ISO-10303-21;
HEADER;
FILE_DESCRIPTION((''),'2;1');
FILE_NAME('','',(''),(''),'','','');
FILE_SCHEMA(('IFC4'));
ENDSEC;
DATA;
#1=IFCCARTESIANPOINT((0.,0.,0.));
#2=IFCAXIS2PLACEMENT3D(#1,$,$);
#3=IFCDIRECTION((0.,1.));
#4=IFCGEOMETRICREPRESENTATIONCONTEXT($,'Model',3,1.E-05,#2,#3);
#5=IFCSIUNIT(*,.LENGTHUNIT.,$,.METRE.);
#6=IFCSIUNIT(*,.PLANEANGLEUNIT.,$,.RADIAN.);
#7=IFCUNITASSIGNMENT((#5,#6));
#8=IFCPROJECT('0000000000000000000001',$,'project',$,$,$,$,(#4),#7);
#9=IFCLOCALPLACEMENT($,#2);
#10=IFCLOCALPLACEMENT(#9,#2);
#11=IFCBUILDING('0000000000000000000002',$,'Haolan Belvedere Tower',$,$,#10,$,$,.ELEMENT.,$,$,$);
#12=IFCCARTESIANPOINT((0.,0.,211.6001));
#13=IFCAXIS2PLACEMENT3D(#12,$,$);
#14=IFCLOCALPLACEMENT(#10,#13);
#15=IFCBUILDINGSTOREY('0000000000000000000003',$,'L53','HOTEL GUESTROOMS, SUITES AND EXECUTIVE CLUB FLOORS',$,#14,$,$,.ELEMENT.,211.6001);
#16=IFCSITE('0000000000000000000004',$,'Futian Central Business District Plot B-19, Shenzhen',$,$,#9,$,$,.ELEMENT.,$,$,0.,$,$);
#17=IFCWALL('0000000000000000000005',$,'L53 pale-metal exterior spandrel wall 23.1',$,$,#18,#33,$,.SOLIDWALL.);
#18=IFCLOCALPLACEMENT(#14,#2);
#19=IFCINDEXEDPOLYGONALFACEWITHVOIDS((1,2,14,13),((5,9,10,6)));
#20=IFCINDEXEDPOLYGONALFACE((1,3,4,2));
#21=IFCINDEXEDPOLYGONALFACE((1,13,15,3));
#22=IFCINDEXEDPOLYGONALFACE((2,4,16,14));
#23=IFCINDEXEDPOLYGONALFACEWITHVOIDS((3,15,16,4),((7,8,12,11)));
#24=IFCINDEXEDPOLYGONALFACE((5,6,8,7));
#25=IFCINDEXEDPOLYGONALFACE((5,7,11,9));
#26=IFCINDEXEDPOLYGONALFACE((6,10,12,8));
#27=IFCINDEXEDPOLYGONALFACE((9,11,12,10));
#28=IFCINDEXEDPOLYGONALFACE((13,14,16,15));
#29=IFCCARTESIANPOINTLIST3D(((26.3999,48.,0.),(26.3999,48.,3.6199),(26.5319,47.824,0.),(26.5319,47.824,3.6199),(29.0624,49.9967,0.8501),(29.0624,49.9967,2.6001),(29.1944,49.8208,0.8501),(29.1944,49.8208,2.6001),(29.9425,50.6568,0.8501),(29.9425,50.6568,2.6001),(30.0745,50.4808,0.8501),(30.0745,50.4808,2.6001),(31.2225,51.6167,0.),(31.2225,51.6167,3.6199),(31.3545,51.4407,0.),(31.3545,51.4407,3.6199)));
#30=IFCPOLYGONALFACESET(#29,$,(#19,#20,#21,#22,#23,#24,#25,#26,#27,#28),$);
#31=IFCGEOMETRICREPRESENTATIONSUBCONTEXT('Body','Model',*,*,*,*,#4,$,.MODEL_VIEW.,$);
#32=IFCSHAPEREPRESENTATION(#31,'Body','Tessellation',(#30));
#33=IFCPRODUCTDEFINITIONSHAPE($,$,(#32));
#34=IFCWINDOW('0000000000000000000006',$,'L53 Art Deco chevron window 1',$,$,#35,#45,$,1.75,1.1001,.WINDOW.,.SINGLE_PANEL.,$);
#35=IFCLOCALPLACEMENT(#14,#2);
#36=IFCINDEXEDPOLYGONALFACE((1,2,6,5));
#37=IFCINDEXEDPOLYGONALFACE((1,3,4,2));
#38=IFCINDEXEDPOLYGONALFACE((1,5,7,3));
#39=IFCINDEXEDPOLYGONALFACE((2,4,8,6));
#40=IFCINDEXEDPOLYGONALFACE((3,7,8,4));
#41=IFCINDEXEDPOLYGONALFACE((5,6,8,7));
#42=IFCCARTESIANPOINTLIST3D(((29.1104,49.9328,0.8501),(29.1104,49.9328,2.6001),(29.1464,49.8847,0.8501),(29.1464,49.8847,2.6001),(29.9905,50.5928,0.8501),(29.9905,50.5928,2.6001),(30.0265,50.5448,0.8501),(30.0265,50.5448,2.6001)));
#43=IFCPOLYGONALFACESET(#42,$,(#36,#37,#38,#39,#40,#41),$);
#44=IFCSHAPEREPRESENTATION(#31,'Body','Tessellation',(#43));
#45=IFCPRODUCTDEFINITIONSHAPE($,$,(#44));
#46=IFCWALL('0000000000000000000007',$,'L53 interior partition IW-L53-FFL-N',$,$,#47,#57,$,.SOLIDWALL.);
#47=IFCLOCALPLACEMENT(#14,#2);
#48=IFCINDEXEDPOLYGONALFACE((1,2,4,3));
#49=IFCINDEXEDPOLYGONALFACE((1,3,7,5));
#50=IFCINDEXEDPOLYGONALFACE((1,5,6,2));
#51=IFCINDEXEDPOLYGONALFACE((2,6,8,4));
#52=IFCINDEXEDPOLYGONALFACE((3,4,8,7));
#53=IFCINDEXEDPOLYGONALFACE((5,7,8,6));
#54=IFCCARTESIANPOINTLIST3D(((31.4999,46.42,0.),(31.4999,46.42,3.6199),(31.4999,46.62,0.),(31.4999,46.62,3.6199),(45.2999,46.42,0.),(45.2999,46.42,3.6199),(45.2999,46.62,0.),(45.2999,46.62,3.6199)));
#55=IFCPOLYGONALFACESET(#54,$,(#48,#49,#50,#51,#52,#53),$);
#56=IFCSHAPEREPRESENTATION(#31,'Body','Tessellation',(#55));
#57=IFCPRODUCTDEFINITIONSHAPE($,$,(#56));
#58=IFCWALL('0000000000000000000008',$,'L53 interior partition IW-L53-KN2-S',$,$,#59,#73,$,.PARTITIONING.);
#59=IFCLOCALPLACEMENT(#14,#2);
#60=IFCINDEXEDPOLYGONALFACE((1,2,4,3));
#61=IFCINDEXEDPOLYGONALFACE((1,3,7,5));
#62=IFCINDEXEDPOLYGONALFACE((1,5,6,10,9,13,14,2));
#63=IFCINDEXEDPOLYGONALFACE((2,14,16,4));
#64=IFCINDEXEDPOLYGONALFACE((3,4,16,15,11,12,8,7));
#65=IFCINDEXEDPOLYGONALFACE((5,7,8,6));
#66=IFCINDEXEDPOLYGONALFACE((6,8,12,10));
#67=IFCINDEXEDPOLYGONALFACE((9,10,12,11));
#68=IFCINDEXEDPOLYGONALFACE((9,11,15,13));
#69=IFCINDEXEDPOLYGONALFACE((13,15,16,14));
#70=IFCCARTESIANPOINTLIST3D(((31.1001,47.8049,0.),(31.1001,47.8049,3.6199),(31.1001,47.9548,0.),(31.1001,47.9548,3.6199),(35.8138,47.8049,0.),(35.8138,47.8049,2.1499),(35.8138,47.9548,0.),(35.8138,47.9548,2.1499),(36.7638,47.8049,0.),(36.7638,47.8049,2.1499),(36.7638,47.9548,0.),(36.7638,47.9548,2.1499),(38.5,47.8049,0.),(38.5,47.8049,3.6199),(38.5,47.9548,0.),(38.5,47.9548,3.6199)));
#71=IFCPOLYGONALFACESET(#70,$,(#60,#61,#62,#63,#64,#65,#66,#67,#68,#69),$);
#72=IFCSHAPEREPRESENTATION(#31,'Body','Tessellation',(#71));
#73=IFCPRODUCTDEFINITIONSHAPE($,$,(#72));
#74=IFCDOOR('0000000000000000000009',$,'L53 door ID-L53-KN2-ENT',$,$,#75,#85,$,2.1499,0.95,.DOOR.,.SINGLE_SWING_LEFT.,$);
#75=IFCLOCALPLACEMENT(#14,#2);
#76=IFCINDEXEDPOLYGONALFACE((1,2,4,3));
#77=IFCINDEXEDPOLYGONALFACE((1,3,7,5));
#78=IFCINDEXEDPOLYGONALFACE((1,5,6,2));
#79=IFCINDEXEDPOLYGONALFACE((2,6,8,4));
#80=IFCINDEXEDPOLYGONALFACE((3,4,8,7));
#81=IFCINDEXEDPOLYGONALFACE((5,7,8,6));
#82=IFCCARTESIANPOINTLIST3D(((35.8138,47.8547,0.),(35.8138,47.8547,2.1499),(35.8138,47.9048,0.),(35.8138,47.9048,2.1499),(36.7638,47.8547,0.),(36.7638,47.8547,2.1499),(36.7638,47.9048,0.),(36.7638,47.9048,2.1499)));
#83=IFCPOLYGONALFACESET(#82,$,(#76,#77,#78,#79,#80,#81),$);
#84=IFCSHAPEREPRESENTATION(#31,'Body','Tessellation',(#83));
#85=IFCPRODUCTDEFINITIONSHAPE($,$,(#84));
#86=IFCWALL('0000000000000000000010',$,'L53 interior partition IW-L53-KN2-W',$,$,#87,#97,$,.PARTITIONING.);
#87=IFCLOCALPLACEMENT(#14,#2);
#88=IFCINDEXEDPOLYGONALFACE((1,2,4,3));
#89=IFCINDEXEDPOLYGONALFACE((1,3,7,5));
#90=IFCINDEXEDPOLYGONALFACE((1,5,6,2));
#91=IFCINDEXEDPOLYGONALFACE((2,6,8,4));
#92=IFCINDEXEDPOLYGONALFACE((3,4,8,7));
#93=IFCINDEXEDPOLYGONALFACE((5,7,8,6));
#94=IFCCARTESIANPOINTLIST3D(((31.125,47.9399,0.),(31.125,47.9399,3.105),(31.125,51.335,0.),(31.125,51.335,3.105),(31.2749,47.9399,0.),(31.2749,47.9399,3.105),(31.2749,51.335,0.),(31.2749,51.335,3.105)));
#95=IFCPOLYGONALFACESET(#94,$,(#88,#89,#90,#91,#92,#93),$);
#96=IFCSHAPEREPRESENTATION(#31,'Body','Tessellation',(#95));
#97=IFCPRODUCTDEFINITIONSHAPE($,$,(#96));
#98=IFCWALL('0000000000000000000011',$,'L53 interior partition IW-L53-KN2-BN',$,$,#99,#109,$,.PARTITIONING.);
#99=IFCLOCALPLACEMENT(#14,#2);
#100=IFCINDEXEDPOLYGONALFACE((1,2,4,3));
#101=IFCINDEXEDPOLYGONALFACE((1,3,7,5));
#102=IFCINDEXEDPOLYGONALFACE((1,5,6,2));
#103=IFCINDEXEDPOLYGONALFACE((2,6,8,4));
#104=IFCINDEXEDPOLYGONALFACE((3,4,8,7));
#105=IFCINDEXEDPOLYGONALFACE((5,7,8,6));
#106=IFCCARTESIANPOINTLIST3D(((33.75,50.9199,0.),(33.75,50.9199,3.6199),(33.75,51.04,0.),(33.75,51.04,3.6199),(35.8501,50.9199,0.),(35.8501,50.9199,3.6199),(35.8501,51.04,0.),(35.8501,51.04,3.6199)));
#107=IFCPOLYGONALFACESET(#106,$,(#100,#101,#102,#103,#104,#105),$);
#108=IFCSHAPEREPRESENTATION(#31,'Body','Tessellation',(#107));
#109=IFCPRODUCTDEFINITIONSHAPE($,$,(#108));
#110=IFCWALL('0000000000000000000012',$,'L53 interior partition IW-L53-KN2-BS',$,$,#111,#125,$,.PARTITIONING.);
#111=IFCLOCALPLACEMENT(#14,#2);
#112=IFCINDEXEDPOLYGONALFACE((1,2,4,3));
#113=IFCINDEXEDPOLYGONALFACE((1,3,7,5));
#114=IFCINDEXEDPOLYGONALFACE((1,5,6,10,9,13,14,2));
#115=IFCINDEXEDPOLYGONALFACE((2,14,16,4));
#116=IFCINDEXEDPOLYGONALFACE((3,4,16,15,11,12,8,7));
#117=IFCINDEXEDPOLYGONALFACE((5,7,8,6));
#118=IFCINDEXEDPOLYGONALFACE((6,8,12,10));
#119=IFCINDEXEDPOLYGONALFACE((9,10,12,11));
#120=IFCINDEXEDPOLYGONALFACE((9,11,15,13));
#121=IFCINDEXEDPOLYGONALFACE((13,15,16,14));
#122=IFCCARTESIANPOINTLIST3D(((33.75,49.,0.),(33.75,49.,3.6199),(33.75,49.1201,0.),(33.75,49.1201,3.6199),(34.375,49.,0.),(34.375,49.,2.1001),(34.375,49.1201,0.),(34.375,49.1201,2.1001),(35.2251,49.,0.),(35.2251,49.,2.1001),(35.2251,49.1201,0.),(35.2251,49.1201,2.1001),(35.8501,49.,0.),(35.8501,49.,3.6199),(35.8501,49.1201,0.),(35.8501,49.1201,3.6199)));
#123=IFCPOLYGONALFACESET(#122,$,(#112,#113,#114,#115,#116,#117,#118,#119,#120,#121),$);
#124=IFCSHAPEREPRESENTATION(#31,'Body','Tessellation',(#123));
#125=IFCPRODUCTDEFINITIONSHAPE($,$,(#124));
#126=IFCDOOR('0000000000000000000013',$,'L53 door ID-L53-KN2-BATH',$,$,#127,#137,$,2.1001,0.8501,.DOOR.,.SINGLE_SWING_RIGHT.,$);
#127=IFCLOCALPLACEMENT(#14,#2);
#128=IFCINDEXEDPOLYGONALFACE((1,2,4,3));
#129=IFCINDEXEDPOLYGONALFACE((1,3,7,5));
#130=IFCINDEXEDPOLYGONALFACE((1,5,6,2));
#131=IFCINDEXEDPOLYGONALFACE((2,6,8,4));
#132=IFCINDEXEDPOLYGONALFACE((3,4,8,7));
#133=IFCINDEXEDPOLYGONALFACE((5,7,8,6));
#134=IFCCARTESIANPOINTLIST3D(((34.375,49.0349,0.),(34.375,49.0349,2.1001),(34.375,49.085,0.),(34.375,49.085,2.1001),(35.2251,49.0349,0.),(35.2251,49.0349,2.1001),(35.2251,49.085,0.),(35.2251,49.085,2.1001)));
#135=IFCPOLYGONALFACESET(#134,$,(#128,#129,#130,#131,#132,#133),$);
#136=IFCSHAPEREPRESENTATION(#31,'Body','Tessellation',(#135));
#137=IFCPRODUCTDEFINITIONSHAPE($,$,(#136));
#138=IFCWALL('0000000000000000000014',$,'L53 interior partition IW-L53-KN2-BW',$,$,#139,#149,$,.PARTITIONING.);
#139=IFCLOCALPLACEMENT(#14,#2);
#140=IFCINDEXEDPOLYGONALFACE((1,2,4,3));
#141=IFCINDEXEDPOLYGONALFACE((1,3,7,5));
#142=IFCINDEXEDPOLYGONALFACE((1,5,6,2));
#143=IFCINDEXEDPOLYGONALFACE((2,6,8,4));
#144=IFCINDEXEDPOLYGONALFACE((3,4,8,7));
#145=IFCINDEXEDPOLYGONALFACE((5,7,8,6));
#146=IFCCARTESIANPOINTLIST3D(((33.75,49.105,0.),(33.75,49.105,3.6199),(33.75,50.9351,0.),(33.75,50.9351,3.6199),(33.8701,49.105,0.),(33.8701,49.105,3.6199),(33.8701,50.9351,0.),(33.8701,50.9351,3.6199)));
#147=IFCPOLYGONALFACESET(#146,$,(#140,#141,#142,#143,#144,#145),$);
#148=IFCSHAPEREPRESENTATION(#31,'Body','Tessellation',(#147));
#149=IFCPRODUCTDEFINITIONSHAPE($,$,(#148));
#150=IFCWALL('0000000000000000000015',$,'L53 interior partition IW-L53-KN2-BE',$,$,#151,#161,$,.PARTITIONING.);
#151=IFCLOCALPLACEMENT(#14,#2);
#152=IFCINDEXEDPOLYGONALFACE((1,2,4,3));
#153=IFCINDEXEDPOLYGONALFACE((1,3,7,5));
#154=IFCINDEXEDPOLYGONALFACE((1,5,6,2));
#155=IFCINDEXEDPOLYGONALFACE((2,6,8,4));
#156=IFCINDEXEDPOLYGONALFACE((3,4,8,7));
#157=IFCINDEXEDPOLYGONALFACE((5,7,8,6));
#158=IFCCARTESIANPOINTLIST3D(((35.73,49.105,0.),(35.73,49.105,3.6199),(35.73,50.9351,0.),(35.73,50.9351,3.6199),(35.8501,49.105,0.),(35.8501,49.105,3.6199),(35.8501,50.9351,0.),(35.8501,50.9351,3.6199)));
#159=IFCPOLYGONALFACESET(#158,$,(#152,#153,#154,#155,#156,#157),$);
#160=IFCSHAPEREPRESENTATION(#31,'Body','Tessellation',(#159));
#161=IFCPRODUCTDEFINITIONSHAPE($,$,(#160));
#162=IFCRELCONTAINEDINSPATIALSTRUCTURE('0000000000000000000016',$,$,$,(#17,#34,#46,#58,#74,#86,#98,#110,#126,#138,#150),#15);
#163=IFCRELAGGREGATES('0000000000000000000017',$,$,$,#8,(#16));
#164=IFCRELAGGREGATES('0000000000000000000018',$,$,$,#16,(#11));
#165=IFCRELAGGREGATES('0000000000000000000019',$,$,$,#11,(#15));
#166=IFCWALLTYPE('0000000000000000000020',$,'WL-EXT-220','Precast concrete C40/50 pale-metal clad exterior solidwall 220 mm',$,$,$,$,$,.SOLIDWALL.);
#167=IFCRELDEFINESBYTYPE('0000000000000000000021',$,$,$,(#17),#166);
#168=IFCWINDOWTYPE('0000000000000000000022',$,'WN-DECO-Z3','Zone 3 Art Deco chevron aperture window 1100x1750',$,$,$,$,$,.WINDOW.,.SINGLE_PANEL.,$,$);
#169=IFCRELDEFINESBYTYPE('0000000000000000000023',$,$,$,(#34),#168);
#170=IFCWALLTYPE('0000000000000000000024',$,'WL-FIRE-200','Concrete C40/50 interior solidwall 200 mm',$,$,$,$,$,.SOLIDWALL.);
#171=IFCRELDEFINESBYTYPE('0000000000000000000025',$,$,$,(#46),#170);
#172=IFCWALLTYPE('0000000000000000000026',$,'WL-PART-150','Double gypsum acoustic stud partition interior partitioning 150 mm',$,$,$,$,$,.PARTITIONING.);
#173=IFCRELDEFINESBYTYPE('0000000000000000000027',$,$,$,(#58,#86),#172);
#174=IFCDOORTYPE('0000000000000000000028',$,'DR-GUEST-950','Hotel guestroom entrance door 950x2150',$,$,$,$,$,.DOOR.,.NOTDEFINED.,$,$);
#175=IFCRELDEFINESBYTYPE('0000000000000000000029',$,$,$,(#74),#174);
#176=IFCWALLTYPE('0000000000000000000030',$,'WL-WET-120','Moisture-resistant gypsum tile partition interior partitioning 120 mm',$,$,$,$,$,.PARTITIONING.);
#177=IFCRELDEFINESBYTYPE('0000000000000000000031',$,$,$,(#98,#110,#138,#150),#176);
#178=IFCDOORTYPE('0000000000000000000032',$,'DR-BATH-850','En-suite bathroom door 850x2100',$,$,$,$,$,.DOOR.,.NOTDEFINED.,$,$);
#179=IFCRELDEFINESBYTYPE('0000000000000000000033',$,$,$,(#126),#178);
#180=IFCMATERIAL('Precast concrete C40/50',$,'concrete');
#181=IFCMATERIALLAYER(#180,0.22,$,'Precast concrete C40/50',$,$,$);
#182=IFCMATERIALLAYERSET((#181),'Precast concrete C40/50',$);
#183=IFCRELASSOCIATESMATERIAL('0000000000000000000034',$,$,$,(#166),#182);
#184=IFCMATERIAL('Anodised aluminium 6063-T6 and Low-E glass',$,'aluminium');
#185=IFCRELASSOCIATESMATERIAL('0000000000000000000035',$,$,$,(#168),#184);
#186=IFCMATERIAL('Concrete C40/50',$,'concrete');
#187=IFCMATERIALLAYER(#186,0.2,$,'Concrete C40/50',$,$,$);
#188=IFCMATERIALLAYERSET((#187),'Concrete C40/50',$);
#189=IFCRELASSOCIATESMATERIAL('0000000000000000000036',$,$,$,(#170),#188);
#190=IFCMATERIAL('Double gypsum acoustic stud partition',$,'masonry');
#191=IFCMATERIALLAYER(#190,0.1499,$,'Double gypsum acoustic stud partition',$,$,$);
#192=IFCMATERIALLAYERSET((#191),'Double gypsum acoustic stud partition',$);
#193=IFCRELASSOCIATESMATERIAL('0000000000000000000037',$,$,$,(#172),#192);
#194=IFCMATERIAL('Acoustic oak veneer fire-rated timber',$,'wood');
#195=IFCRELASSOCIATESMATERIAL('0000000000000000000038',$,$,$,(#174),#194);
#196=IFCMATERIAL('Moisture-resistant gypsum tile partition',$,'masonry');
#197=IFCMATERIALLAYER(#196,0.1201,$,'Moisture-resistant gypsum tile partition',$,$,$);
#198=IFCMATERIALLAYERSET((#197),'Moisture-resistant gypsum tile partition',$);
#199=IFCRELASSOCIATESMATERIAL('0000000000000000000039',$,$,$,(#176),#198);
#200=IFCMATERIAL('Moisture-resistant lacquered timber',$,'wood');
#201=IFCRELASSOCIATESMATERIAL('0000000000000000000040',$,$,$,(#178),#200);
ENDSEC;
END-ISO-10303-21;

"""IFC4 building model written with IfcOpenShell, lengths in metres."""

from ifc_helpers import new_model, si_unit, direction, frame, frame_2d, origin, place, context, subcontext, project, spatial, rectangle, extrude, material, layer, layer_set, type_object, element, fill, save


model = new_model("IFC4")

# Units and contexts
model_context = context("Model", 3, precision=1e-05, world=origin(), true_north=direction((0.0, 1.0)))
body_context = subcontext(model_context, "Body", "Model", "MODEL_VIEW")
ifc_project = project(units=[si_unit("LENGTHUNIT", "METRE"), si_unit("PLANEANGLEUNIT", "RADIAN")], contexts=[model_context])

# Site, building, storey
site_placement = place(None, origin())
site = spatial("IfcSite", under=ifc_project, at=site_placement, Name="Futian Central Business District Plot B-19, Shenzhen", CompositionType="ELEMENT", RefElevation=0.0)
building_placement = place(site_placement, origin())
building = spatial("IfcBuilding", under=site, at=building_placement, Name="Haolan Belvedere Tower", CompositionType="ELEMENT")
storey_placement = place(building_placement, frame((0.0, 0.0, 211.6001)))
storey = spatial("IfcBuildingStorey", under=building, at=storey_placement, Name="L53", Description="HOTEL GUESTROOMS, SUITES AND EXECUTIVE CLUB FLOORS", CompositionType="ELEMENT", Elevation=211.6001)

# Wall, opening, window
ifc_material_1 = material(Name="Precast concrete C40/50", Category="concrete")
ifc_layer_1 = layer(ifc_material_1, 0.22, Name="Precast concrete C40/50")
ifc_layer_set_1 = layer_set([ifc_layer_1], Name="Precast concrete C40/50")
wall_type_1 = type_object("IfcWallType", Name="WL-EXT-220", Description="Precast concrete C40/50 pale-metal clad exterior solidwall 220 mm", PredefinedType="SOLIDWALL", material=ifc_layer_set_1)
wall_1_placement = place(storey_placement, frame((31.2886, 51.5288, 0.0), z_axis=(0.0, 0.0, 1.0), x_axis=(-0.800015, -0.599981, 0.0)))
wall_1 = element("IfcWall", 1, at=wall_1_placement, inside=storey, type_object=wall_type_1, Name="L53 pale-metal exterior spandrel wall 23.1", PredefinedType="SOLIDWALL", context=body_context, shape_type="SweptSolid", body=[
    extrude(rectangle(XDim=6.0281, YDim=0.22, at=frame_2d((3.0142, 0.0))), origin(), (0.0, 0.0, 1.0), 3.6199),
])
opening_1_placement = place(wall_1_placement, frame((1.6001, 0.0, 0.8501)))
opening_1 = element("IfcOpeningElement", 2, at=opening_1_placement, cuts=wall_1, PredefinedType="OPENING", context=body_context, shape_type="SweptSolid", body=[
    extrude(rectangle(XDim=1.1001, YDim=1.75, at=frame_2d((0.55, 0.875))), frame((0.0, 0.1199, 0.0), z_axis=(0.0, -1.0, 0.0), x_axis=(1.0, 0.0, 0.0)), (0.0, 0.0, 1.0), 0.24),
])
ifc_material_2 = material(Name="Anodised aluminium 6063-T6 and Low-E glass", Category="aluminium")
window_type = type_object("IfcWindowType", Name="WN-DECO-Z3", Description="Zone 3 Art Deco chevron aperture window 1100x1750", PartitioningType="SINGLE_PANEL", PredefinedType="WINDOW", material=ifc_material_2)
window_placement = place(opening_1_placement, origin())
window = element("IfcWindow", 3, at=window_placement, inside=storey, type_object=window_type, Name="L53 Art Deco chevron window 1", OverallHeight=1.75, OverallWidth=1.1001, PartitioningType="SINGLE_PANEL", PredefinedType="WINDOW", context=body_context, shape_type="SweptSolid", body=[
    extrude(rectangle(XDim=1.1001, YDim=1.75, at=frame_2d((0.55, 0.875))), frame((0.0, 0.03, 0.0), z_axis=(0.0, -1.0, 0.0), x_axis=(1.0, 0.0, 0.0)), (0.0, 0.0, 1.0), 0.0601),
])
fill(opening_1, window)

# Wall
ifc_material_3 = material(Name="Concrete C40/50", Category="concrete")
ifc_layer_2 = layer(ifc_material_3, 0.2, Name="Concrete C40/50")
ifc_layer_set_2 = layer_set([ifc_layer_2], Name="Concrete C40/50")
wall_type_2 = type_object("IfcWallType", Name="WL-FIRE-200", Description="Concrete C40/50 interior solidwall 200 mm", PredefinedType="SOLIDWALL", material=ifc_layer_set_2)
wall_2_placement = place(storey_placement, frame((31.5, 46.52, 0.0), z_axis=(0.0, 0.0, 1.0), x_axis=(1.0, 0.0, 0.0)))
element("IfcWall", 4, at=wall_2_placement, inside=storey, type_object=wall_type_2, Name="L53 interior partition IW-L53-FFL-N", PredefinedType="SOLIDWALL", context=body_context, shape_type="SweptSolid", body=[
    extrude(rectangle(XDim=13.8, YDim=0.2, at=frame_2d((6.8999, 0.0))), origin(), (0.0, 0.0, 1.0), 3.6199),
])

# Wall, opening, door
ifc_material_4 = material(Name="Double gypsum acoustic stud partition", Category="masonry")
ifc_layer_3 = layer(ifc_material_4, 0.1499, Name="Double gypsum acoustic stud partition")
ifc_layer_set_3 = layer_set([ifc_layer_3], Name="Double gypsum acoustic stud partition")
wall_type_3 = type_object("IfcWallType", Name="WL-PART-150", Description="Double gypsum acoustic stud partition interior partitioning 150 mm", PredefinedType="PARTITIONING", material=ifc_layer_set_3)
wall_3_placement = place(storey_placement, frame((31.1001, 47.8799, 0.0), z_axis=(0.0, 0.0, 1.0), x_axis=(1.0, 0.0, 0.0)))
wall_3 = element("IfcWall", 5, at=wall_3_placement, inside=storey, type_object=wall_type_3, Name="L53 interior partition IW-L53-KN2-S", PredefinedType="PARTITIONING", context=body_context, shape_type="SweptSolid", body=[
    extrude(rectangle(XDim=7.3999, YDim=0.1499, at=frame_2d((3.7, 0.0))), origin(), (0.0, 0.0, 1.0), 3.6199),
])
opening_2_placement = place(wall_3_placement, frame((4.7136, 0.0, 0.0)))
opening_2 = element("IfcOpeningElement", 6, at=opening_2_placement, cuts=wall_3, PredefinedType="OPENING", context=body_context, shape_type="SweptSolid", body=[
    extrude(rectangle(XDim=0.95, YDim=2.1499, at=frame_2d((0.4751, 1.075))), frame((0.0, 0.085, 0.0), z_axis=(0.0, -1.0, 0.0), x_axis=(1.0, 0.0, 0.0)), (0.0, 0.0, 1.0), 0.1699),
])
ifc_material_5 = material(Name="Acoustic oak veneer fire-rated timber", Category="wood")
door_type_1 = type_object("IfcDoorType", Name="DR-GUEST-950", Description="Hotel guestroom entrance door 950x2150", OperationType="NOTDEFINED", PredefinedType="DOOR", material=ifc_material_5)
door_1_placement = place(opening_2_placement, origin())
door_1 = element("IfcDoor", 7, at=door_1_placement, inside=storey, type_object=door_type_1, Name="L53 door ID-L53-KN2-ENT", OperationType="SINGLE_SWING_LEFT", OverallHeight=2.1499, OverallWidth=0.95, PredefinedType="DOOR", context=body_context, shape_type="SweptSolid", body=[
    extrude(rectangle(XDim=0.95, YDim=2.1499, at=frame_2d((0.4751, 1.075))), frame((0.0, 0.0249, 0.0), z_axis=(0.0, -1.0, 0.0), x_axis=(1.0, 0.0, 0.0)), (0.0, 0.0, 1.0), 0.05),
])
fill(opening_2, door_1)

# Walls
wall_4_placement = place(storey_placement, frame((31.2, 47.9399, 0.0), z_axis=(0.0, 0.0, 1.0), x_axis=(0.0, 1.0, 0.0)))
element("IfcWall", 8, at=wall_4_placement, inside=storey, type_object=wall_type_3, Name="L53 interior partition IW-L53-KN2-W", PredefinedType="PARTITIONING", context=body_context, shape_type="SweptSolid", body=[
    extrude(rectangle(XDim=3.395, YDim=0.1499, at=frame_2d((1.6975, 0.0))), origin(), (0.0, 0.0, 1.0), 3.105),
])
ifc_material_6 = material(Name="Moisture-resistant gypsum tile partition", Category="masonry")
ifc_layer_4 = layer(ifc_material_6, 0.1201, Name="Moisture-resistant gypsum tile partition")
ifc_layer_set_4 = layer_set([ifc_layer_4], Name="Moisture-resistant gypsum tile partition")
wall_type_4 = type_object("IfcWallType", Name="WL-WET-120", Description="Moisture-resistant gypsum tile partition interior partitioning 120 mm", PredefinedType="PARTITIONING", material=ifc_layer_set_4)
wall_5_placement = place(storey_placement, frame((33.75, 50.98, 0.0), z_axis=(0.0, 0.0, 1.0), x_axis=(1.0, 0.0, 0.0)))
element("IfcWall", 9, at=wall_5_placement, inside=storey, type_object=wall_type_4, Name="L53 interior partition IW-L53-KN2-BN", PredefinedType="PARTITIONING", context=body_context, shape_type="SweptSolid", body=[
    extrude(rectangle(XDim=2.1001, YDim=0.1201, at=frame_2d((1.05, 0.0))), origin(), (0.0, 0.0, 1.0), 3.6199),
])

# Wall, opening, door
wall_6_placement = place(storey_placement, frame((33.75, 49.0601, 0.0), z_axis=(0.0, 0.0, 1.0), x_axis=(1.0, 0.0, 0.0)))
wall_6 = element("IfcWall", 10, at=wall_6_placement, inside=storey, type_object=wall_type_4, Name="L53 interior partition IW-L53-KN2-BS", PredefinedType="PARTITIONING", context=body_context, shape_type="SweptSolid", body=[
    extrude(rectangle(XDim=2.1001, YDim=0.1201, at=frame_2d((1.05, 0.0))), origin(), (0.0, 0.0, 1.0), 3.6199),
])
opening_3_placement = place(wall_6_placement, frame((0.625, 0.0, 0.0)))
opening_3 = element("IfcOpeningElement", 11, at=opening_3_placement, cuts=wall_6, PredefinedType="OPENING", context=body_context, shape_type="SweptSolid", body=[
    extrude(rectangle(XDim=0.8501, YDim=2.1001, at=frame_2d((0.425, 1.05))), frame((0.0, 0.0701, 0.0), z_axis=(0.0, -1.0, 0.0), x_axis=(1.0, 0.0, 0.0)), (0.0, 0.0, 1.0), 0.1401),
])
ifc_material_7 = material(Name="Moisture-resistant lacquered timber", Category="wood")
door_type_2 = type_object("IfcDoorType", Name="DR-BATH-850", Description="En-suite bathroom door 850x2100", OperationType="NOTDEFINED", PredefinedType="DOOR", material=ifc_material_7)
door_2_placement = place(opening_3_placement, origin())
door_2 = element("IfcDoor", 12, at=door_2_placement, inside=storey, type_object=door_type_2, Name="L53 door ID-L53-KN2-BATH", OperationType="SINGLE_SWING_RIGHT", OverallHeight=2.1001, OverallWidth=0.8501, PredefinedType="DOOR", context=body_context, shape_type="SweptSolid", body=[
    extrude(rectangle(XDim=0.8501, YDim=2.1001, at=frame_2d((0.425, 1.05))), frame((0.0, 0.0249, 0.0), z_axis=(0.0, -1.0, 0.0), x_axis=(1.0, 0.0, 0.0)), (0.0, 0.0, 1.0), 0.05),
])
fill(opening_3, door_2)

# Walls
for number, where, z_axis, x_axis, name in (
    (13, (33.8101, 49.105, 0.0), (0.0, 0.0, 1.0), (0.0, 1.0, 0.0), "L53 interior partition IW-L53-KN2-BW"),
    (14, (35.79, 49.105, 0.0), (0.0, 0.0, 1.0), (0.0, 1.0, 0.0), "L53 interior partition IW-L53-KN2-BE"),
):
    element("IfcWall", number, at=place(storey_placement, frame(where, z_axis=z_axis, x_axis=x_axis)), inside=storey, type_object=wall_type_4, Name=name, PredefinedType="PARTITIONING", context=body_context, shape_type="SweptSolid", body=[
        extrude(rectangle(XDim=1.8301, YDim=0.1201, at=frame_2d((0.915, 0.0))), origin(), (0.0, 0.0, 1.0), 3.6199),
    ])

save(model, "model.ifc")
